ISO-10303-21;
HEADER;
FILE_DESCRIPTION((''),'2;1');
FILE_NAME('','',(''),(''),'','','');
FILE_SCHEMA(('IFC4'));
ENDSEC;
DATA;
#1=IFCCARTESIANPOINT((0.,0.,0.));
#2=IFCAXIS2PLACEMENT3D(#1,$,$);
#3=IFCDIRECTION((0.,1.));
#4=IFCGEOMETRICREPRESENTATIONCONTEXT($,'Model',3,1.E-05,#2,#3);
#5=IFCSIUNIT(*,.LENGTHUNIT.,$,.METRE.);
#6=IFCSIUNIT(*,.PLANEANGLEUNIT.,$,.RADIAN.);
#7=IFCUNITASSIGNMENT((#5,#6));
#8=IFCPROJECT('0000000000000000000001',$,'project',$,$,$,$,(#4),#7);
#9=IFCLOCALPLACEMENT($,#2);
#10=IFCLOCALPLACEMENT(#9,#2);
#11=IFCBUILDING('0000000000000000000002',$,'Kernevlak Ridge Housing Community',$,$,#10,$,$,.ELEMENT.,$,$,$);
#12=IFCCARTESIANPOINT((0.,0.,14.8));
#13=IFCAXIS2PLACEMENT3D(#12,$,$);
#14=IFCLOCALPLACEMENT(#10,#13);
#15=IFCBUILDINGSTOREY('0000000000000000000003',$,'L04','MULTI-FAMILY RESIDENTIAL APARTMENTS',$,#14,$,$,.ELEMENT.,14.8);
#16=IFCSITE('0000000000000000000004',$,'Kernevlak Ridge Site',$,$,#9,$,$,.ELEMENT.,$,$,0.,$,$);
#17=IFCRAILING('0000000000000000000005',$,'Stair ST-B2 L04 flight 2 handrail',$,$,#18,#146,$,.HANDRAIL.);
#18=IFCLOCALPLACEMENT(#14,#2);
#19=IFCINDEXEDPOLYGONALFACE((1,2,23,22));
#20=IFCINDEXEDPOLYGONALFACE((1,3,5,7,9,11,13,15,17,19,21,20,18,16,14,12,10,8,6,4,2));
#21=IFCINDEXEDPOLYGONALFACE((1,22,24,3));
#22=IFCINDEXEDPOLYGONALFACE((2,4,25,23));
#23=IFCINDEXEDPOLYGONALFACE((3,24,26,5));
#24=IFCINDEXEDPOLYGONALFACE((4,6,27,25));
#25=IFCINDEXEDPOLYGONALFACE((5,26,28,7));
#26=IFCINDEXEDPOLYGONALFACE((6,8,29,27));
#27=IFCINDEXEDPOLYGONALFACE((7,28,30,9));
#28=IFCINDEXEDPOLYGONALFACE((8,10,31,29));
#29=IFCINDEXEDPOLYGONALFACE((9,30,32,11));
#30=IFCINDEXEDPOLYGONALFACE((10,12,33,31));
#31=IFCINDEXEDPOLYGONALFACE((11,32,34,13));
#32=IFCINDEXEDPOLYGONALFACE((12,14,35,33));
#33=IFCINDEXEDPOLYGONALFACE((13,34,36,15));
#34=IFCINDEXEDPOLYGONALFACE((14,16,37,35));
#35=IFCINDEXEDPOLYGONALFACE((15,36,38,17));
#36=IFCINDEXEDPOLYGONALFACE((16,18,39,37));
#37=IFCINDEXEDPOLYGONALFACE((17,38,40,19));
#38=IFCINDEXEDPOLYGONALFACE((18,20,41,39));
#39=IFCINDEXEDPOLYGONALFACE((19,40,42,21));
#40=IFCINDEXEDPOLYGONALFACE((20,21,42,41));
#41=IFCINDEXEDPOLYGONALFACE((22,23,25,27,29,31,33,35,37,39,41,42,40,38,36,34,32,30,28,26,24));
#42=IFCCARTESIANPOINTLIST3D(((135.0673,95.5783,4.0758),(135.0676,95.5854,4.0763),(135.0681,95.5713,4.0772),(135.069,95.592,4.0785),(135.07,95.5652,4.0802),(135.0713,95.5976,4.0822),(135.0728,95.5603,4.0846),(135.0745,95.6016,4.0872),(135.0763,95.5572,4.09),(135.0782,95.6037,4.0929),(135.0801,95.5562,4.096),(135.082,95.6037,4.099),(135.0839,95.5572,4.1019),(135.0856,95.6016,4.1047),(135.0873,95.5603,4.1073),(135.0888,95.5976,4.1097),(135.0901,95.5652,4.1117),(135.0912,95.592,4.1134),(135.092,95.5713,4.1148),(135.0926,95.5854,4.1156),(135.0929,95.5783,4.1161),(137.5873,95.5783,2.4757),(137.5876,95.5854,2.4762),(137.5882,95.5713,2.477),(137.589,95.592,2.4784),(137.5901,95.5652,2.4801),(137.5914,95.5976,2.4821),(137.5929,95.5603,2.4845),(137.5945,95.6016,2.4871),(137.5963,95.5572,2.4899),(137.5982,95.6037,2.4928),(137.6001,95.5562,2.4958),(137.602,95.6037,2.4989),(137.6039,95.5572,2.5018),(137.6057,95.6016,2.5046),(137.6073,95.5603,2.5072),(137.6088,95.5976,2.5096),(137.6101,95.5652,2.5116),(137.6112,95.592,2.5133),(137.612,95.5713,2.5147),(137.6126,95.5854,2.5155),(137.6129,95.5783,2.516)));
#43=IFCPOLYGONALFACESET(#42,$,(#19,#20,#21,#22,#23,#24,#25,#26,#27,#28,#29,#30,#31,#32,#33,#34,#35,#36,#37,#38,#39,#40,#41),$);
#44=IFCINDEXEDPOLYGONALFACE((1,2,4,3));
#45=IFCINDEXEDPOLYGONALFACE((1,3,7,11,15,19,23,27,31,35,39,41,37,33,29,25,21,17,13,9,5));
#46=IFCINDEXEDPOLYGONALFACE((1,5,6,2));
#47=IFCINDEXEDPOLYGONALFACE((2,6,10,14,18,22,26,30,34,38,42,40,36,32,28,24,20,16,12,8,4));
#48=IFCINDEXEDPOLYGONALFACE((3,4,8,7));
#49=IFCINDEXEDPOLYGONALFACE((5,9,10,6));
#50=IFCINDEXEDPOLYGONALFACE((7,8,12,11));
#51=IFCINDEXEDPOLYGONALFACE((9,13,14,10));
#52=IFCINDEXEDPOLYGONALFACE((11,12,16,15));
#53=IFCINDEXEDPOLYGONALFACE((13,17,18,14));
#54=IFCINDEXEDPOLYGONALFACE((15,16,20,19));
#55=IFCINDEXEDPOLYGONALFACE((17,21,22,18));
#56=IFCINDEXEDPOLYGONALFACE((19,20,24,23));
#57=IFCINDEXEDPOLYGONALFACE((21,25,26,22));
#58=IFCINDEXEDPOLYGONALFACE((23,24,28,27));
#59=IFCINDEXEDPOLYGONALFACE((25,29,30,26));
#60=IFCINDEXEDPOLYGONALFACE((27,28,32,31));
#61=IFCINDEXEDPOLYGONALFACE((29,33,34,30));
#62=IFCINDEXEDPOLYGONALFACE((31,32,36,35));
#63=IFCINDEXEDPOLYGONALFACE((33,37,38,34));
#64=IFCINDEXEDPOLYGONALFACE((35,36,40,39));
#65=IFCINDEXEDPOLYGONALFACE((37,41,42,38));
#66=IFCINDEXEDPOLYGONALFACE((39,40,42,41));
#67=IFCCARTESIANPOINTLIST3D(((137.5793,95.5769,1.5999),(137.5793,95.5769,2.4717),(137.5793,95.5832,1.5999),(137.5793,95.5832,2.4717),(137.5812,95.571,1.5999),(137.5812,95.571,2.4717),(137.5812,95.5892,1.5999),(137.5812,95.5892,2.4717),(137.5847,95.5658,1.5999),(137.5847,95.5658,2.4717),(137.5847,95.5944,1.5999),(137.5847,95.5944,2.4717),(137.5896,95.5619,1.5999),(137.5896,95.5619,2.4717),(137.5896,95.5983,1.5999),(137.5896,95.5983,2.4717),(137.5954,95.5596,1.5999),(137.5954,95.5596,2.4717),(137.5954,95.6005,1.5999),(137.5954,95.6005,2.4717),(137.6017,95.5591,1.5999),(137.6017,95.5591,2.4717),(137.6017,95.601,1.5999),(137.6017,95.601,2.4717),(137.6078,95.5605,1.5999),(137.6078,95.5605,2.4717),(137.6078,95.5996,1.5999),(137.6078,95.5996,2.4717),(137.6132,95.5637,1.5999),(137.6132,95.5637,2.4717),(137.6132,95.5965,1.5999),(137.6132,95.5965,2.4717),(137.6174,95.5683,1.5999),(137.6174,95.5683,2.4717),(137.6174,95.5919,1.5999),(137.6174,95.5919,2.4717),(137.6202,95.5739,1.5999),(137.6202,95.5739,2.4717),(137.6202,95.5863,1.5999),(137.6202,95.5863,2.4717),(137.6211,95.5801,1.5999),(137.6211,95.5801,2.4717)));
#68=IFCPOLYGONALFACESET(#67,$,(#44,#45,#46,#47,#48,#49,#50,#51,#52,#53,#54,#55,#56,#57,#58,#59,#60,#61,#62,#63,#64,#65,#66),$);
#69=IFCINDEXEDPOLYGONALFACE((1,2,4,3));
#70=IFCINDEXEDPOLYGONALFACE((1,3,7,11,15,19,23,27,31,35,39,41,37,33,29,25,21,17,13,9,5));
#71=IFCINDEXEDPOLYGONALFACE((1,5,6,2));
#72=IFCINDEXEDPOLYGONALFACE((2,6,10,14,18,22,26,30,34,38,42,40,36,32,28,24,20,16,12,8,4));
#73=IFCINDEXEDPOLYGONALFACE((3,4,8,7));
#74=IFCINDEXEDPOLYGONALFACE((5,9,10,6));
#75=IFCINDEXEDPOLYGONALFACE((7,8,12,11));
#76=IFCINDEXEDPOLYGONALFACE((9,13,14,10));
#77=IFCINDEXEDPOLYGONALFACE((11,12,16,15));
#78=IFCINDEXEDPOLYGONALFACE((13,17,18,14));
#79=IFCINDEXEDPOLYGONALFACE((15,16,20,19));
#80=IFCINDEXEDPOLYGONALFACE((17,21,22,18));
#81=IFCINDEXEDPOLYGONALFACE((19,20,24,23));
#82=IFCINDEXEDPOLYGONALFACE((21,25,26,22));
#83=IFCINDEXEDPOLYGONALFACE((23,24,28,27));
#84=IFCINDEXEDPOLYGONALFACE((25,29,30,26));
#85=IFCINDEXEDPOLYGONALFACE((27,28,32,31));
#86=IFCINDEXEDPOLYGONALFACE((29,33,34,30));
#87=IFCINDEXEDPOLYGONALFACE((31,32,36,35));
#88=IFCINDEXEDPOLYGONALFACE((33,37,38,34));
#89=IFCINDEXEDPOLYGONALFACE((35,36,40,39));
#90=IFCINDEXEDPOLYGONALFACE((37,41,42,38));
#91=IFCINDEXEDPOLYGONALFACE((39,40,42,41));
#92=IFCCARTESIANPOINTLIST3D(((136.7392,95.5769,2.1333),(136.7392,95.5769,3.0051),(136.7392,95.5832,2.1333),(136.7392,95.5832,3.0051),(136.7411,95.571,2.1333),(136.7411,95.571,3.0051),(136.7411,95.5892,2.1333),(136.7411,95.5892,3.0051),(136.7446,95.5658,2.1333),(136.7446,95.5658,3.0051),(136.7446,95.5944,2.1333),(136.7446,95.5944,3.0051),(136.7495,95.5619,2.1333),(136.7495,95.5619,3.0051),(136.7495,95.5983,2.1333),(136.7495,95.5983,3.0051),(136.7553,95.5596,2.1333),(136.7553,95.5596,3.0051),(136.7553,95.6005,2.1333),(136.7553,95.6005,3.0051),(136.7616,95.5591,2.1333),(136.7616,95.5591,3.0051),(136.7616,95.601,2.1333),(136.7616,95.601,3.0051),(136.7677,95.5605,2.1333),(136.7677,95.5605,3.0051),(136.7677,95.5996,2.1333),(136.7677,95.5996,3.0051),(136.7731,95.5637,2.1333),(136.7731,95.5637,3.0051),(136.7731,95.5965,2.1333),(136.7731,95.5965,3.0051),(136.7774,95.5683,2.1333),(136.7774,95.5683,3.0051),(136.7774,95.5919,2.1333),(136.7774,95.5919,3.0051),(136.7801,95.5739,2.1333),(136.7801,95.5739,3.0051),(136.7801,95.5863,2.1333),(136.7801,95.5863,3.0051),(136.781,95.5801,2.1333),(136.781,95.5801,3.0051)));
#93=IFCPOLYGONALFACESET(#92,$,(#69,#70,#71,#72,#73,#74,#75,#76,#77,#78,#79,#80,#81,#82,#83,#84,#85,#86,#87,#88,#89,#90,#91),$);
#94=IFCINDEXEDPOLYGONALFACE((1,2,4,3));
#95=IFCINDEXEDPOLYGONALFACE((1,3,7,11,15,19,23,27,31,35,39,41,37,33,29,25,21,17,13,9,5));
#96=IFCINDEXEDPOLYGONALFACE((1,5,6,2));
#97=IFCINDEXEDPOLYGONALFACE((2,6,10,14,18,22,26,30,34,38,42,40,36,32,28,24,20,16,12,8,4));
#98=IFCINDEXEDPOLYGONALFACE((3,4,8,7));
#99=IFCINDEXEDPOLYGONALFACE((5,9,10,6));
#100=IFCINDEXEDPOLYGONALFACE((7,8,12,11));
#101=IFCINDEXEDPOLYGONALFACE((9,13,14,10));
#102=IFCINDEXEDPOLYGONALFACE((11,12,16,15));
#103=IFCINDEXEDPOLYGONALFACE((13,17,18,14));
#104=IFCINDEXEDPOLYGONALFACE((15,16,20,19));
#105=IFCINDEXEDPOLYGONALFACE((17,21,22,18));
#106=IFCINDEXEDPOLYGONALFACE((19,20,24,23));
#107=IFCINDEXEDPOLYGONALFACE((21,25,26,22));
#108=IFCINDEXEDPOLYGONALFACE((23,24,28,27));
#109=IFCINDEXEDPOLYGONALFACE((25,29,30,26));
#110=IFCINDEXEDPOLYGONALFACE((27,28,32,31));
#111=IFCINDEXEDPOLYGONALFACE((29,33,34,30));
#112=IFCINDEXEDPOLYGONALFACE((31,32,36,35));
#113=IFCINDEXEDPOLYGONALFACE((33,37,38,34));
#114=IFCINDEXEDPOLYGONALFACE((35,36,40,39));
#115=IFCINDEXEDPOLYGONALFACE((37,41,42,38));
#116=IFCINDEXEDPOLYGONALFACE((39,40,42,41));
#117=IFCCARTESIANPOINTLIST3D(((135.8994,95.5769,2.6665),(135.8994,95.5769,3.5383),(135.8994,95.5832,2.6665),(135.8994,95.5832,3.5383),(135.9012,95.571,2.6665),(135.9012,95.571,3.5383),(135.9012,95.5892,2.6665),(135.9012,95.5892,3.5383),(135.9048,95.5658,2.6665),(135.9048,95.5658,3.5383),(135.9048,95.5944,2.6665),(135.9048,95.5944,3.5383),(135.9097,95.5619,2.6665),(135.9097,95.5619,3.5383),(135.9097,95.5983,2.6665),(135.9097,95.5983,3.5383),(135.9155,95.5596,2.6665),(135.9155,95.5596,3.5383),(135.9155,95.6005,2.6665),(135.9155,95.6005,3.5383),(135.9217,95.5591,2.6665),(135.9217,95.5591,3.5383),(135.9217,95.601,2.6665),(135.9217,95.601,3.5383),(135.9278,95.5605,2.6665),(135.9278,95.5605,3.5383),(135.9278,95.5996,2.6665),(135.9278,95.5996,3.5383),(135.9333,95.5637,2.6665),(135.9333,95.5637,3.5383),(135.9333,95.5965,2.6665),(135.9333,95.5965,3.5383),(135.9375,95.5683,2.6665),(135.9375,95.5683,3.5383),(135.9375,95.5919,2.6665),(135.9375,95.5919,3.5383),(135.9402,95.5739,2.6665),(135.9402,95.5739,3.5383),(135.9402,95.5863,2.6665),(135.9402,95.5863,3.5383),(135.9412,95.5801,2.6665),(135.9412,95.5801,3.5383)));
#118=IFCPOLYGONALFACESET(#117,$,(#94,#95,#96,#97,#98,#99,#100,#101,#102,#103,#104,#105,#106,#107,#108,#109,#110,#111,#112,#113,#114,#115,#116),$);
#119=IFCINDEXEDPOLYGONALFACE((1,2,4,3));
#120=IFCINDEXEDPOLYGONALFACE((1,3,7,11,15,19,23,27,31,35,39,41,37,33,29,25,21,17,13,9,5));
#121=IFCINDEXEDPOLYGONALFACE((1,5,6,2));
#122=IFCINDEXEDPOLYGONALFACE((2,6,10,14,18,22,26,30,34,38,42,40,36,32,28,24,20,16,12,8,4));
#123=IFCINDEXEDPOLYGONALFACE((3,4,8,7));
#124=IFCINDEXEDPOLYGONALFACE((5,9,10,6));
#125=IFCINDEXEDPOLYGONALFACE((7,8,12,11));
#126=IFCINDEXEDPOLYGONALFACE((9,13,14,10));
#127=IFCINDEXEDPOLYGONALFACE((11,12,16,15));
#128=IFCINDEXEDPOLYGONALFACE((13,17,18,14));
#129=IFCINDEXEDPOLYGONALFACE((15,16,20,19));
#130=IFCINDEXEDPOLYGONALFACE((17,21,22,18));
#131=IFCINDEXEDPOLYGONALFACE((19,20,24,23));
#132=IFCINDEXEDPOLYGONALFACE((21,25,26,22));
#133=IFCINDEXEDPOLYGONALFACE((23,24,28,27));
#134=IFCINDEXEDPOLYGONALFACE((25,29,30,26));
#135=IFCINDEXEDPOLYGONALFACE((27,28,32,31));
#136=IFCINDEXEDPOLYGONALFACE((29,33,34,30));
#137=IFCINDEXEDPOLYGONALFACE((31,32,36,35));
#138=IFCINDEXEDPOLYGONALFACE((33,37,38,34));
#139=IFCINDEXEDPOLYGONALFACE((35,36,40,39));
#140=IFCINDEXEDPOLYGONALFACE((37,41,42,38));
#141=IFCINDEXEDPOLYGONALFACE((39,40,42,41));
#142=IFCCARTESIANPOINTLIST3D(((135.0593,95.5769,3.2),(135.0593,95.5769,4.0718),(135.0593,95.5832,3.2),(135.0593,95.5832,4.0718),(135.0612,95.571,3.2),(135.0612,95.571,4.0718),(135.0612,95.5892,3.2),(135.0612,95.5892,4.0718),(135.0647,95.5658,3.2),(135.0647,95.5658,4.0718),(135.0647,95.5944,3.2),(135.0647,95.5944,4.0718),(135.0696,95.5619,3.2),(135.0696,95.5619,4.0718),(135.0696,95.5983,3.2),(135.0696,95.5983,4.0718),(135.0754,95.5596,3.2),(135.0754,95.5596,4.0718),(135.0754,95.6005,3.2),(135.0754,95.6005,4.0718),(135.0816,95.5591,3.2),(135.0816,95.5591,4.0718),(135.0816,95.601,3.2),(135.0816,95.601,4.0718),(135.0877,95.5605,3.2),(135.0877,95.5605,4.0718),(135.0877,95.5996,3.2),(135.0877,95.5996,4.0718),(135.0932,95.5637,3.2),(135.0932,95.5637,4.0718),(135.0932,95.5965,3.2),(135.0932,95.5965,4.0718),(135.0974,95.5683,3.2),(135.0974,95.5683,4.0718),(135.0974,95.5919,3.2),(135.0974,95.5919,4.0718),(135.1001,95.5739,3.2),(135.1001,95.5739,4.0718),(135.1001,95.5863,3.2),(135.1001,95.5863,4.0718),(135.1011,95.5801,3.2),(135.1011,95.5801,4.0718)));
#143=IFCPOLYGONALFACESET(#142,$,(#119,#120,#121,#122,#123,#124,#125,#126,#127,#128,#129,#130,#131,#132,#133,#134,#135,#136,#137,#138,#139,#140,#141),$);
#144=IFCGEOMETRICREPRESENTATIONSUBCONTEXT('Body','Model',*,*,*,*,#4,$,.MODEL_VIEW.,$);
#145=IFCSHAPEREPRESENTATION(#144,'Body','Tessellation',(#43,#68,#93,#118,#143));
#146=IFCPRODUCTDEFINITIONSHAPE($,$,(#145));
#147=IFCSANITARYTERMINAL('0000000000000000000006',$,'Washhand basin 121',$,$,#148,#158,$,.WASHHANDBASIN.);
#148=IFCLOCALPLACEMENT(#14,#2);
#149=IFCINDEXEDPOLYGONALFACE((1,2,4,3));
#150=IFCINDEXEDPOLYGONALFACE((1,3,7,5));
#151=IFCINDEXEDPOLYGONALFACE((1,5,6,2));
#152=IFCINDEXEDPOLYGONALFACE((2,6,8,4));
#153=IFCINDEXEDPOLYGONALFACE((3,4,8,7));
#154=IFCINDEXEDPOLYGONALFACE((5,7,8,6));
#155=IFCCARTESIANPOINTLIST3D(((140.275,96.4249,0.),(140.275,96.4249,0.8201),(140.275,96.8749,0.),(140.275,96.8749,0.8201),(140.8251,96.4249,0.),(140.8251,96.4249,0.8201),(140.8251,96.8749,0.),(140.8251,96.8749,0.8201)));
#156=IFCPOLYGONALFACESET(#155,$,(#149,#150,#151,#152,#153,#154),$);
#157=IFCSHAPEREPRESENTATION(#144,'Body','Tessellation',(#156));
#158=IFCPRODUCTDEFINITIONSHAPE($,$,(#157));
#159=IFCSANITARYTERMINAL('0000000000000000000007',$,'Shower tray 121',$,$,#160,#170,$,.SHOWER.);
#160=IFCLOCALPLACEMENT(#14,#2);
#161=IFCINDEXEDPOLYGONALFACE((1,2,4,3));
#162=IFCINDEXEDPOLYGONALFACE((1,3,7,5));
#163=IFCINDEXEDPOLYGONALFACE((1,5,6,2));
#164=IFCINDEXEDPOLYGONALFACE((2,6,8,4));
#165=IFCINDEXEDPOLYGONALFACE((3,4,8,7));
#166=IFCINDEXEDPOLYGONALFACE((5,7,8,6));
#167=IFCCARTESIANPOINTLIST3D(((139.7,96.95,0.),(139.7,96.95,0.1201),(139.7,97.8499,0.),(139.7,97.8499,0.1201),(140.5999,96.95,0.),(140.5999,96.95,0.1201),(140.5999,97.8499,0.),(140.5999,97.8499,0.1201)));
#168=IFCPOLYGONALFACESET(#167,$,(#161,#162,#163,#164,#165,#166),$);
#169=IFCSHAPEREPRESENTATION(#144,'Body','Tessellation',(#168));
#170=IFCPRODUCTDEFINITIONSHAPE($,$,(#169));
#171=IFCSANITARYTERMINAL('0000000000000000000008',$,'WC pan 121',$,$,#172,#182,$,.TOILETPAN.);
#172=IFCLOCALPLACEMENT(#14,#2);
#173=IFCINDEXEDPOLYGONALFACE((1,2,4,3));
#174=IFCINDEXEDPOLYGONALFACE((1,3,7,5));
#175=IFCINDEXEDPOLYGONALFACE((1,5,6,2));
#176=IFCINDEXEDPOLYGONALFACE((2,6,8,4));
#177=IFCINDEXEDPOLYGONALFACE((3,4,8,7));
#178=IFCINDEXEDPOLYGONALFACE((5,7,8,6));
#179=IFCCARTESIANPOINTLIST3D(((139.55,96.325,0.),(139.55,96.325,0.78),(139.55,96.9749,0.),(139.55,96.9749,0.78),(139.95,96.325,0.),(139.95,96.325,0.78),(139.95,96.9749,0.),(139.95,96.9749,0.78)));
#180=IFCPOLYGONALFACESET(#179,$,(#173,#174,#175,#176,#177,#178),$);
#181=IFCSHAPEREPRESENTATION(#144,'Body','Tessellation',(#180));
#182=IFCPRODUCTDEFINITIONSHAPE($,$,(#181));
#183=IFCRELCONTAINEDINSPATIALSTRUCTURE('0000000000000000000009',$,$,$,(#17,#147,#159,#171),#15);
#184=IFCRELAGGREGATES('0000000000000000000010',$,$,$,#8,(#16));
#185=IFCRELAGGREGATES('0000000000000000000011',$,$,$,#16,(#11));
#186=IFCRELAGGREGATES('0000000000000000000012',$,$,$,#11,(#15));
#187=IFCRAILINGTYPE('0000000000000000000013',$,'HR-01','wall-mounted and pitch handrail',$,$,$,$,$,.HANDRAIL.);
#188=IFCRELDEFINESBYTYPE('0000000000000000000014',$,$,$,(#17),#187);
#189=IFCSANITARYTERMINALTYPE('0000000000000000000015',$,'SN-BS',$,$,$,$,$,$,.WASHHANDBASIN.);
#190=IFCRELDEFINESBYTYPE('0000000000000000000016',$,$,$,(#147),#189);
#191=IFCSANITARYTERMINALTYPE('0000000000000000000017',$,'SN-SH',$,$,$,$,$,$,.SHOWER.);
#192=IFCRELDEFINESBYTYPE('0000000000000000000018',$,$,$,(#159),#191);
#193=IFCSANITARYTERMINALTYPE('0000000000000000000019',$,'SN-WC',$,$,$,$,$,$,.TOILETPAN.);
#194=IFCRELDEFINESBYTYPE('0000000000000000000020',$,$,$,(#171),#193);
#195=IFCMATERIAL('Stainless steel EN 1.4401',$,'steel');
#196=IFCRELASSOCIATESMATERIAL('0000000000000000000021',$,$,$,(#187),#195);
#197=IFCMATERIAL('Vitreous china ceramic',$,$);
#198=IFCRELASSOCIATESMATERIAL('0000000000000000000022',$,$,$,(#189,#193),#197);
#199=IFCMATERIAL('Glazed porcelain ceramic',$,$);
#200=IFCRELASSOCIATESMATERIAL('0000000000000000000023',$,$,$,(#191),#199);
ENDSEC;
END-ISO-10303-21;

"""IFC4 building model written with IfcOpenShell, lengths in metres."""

from ifc_helpers import new_model, si_unit, direction, frame, origin, origin_2d, place, context, subcontext, project, spatial, rectangle, circle, extrude, material, type_object, element, save


model = new_model("IFC4")

# Units and contexts
model_context = context("Model", 3, precision=1e-05, world=origin(), true_north=direction((0.0, 1.0)))
body_context = subcontext(model_context, "Body", "Model", "MODEL_VIEW")
ifc_project = project(units=[si_unit("LENGTHUNIT", "METRE"), si_unit("PLANEANGLEUNIT", "RADIAN")], contexts=[model_context])

# Site, building, storey
site_placement = place(None, origin())
site = spatial("IfcSite", under=ifc_project, at=site_placement, Name="Kernevlak Ridge Site", CompositionType="ELEMENT", RefElevation=0.0)
building_placement = place(site_placement, origin())
building = spatial("IfcBuilding", under=site, at=building_placement, Name="Kernevlak Ridge Housing Community", CompositionType="ELEMENT")
storey_placement = place(building_placement, frame((0.0, 0.0, 14.8)))
storey = spatial("IfcBuildingStorey", under=building, at=storey_placement, Name="L04", Description="MULTI-FAMILY RESIDENTIAL APARTMENTS", CompositionType="ELEMENT", Elevation=14.8)

# Railing
ifc_material_1 = material(Name="Stainless steel EN 1.4401", Category="steel")
railing_type_1 = type_object("IfcRailingType", Name="HR-01", Description="wall-mounted and pitch handrail", PredefinedType="HANDRAIL", material=ifc_material_1)
railing_1_placement = place(storey_placement, frame((137.6001, 95.5801, 1.5999)))
element("IfcRailing", 1, at=railing_1_placement, inside=storey, type_object=railing_type_1, Name="Stair ST-B2 L04 flight 2 handrail", PredefinedType="HANDRAIL", context=body_context, shape_type="SweptSolid", body=[
    extrude(circle(Radius=0.0239, at=origin_2d()), frame((0.0, 0.0, 0.896), z_axis=(-0.8442, 0.0, 0.536028), x_axis=(0.0, -1.0, 0.0)), (0.0, 0.0, 1.0), 2.9851),
    extrude(circle(Radius=0.021, at=origin_2d()), origin(), (0.0, 0.0, 1.0), 0.8718),
    extrude(circle(Radius=0.021, at=origin_2d()), frame((-0.8401, 0.0, 0.5334)), (0.0, 0.0, 1.0), 0.8718),
    extrude(circle(Radius=0.021, at=origin_2d()), frame((-1.6799, 0.0, 1.0667)), (0.0, 0.0, 1.0), 0.8718),
    extrude(circle(Radius=0.021, at=origin_2d()), frame((-2.52, 0.0, 1.6001)), (0.0, 0.0, 1.0), 0.8718),
])

# Sanitary terminals
ifc_material_2 = material(Name="Vitreous china ceramic")
sanitary_terminal_type_1 = type_object("IfcSanitaryTerminalType", Name="SN-BS", PredefinedType="WASHHANDBASIN", material=ifc_material_2)
sanitary_terminal_1_placement = place(storey_placement, frame((140.55, 96.6499, 0.0), z_axis=(0.0, 0.0, 1.0), x_axis=(1.0, 0.0, 0.0)))
element("IfcSanitaryTerminal", 2, at=sanitary_terminal_1_placement, inside=storey, type_object=sanitary_terminal_type_1, Name="Washhand basin 121", PredefinedType="WASHHANDBASIN", context=body_context, shape_type="SweptSolid", body=[
    extrude(rectangle(XDim=0.55, YDim=0.45, at=origin_2d()), origin(), (0.0, 0.0, 1.0), 0.8201),
])
ifc_material_3 = material(Name="Glazed porcelain ceramic")
sanitary_terminal_type_2 = type_object("IfcSanitaryTerminalType", Name="SN-SH", PredefinedType="SHOWER", material=ifc_material_3)
sanitary_terminal_2_placement = place(storey_placement, frame((140.1499, 97.3999, 0.0), z_axis=(0.0, 0.0, 1.0), x_axis=(1.0, 0.0, 0.0)))
element("IfcSanitaryTerminal", 3, at=sanitary_terminal_2_placement, inside=storey, type_object=sanitary_terminal_type_2, Name="Shower tray 121", PredefinedType="SHOWER", context=body_context, shape_type="SweptSolid", body=[
    extrude(rectangle(XDim=0.8999, YDim=0.8999, at=origin_2d()), origin(), (0.0, 0.0, 1.0), 0.1201),
])
sanitary_terminal_type_3 = type_object("IfcSanitaryTerminalType", Name="SN-WC", PredefinedType="TOILETPAN", material=ifc_material_2)
sanitary_terminal_3_placement = place(storey_placement, frame((139.75, 96.6499, 0.0), z_axis=(0.0, 0.0, 1.0), x_axis=(1.0, 0.0, 0.0)))
element("IfcSanitaryTerminal", 4, at=sanitary_terminal_3_placement, inside=storey, type_object=sanitary_terminal_type_3, Name="WC pan 121", PredefinedType="TOILETPAN", context=body_context, shape_type="SweptSolid", body=[
    extrude(rectangle(XDim=0.3999, YDim=0.6499, at=origin_2d()), origin(), (0.0, 0.0, 1.0), 0.78),
])

save(model, "model.ifc")
